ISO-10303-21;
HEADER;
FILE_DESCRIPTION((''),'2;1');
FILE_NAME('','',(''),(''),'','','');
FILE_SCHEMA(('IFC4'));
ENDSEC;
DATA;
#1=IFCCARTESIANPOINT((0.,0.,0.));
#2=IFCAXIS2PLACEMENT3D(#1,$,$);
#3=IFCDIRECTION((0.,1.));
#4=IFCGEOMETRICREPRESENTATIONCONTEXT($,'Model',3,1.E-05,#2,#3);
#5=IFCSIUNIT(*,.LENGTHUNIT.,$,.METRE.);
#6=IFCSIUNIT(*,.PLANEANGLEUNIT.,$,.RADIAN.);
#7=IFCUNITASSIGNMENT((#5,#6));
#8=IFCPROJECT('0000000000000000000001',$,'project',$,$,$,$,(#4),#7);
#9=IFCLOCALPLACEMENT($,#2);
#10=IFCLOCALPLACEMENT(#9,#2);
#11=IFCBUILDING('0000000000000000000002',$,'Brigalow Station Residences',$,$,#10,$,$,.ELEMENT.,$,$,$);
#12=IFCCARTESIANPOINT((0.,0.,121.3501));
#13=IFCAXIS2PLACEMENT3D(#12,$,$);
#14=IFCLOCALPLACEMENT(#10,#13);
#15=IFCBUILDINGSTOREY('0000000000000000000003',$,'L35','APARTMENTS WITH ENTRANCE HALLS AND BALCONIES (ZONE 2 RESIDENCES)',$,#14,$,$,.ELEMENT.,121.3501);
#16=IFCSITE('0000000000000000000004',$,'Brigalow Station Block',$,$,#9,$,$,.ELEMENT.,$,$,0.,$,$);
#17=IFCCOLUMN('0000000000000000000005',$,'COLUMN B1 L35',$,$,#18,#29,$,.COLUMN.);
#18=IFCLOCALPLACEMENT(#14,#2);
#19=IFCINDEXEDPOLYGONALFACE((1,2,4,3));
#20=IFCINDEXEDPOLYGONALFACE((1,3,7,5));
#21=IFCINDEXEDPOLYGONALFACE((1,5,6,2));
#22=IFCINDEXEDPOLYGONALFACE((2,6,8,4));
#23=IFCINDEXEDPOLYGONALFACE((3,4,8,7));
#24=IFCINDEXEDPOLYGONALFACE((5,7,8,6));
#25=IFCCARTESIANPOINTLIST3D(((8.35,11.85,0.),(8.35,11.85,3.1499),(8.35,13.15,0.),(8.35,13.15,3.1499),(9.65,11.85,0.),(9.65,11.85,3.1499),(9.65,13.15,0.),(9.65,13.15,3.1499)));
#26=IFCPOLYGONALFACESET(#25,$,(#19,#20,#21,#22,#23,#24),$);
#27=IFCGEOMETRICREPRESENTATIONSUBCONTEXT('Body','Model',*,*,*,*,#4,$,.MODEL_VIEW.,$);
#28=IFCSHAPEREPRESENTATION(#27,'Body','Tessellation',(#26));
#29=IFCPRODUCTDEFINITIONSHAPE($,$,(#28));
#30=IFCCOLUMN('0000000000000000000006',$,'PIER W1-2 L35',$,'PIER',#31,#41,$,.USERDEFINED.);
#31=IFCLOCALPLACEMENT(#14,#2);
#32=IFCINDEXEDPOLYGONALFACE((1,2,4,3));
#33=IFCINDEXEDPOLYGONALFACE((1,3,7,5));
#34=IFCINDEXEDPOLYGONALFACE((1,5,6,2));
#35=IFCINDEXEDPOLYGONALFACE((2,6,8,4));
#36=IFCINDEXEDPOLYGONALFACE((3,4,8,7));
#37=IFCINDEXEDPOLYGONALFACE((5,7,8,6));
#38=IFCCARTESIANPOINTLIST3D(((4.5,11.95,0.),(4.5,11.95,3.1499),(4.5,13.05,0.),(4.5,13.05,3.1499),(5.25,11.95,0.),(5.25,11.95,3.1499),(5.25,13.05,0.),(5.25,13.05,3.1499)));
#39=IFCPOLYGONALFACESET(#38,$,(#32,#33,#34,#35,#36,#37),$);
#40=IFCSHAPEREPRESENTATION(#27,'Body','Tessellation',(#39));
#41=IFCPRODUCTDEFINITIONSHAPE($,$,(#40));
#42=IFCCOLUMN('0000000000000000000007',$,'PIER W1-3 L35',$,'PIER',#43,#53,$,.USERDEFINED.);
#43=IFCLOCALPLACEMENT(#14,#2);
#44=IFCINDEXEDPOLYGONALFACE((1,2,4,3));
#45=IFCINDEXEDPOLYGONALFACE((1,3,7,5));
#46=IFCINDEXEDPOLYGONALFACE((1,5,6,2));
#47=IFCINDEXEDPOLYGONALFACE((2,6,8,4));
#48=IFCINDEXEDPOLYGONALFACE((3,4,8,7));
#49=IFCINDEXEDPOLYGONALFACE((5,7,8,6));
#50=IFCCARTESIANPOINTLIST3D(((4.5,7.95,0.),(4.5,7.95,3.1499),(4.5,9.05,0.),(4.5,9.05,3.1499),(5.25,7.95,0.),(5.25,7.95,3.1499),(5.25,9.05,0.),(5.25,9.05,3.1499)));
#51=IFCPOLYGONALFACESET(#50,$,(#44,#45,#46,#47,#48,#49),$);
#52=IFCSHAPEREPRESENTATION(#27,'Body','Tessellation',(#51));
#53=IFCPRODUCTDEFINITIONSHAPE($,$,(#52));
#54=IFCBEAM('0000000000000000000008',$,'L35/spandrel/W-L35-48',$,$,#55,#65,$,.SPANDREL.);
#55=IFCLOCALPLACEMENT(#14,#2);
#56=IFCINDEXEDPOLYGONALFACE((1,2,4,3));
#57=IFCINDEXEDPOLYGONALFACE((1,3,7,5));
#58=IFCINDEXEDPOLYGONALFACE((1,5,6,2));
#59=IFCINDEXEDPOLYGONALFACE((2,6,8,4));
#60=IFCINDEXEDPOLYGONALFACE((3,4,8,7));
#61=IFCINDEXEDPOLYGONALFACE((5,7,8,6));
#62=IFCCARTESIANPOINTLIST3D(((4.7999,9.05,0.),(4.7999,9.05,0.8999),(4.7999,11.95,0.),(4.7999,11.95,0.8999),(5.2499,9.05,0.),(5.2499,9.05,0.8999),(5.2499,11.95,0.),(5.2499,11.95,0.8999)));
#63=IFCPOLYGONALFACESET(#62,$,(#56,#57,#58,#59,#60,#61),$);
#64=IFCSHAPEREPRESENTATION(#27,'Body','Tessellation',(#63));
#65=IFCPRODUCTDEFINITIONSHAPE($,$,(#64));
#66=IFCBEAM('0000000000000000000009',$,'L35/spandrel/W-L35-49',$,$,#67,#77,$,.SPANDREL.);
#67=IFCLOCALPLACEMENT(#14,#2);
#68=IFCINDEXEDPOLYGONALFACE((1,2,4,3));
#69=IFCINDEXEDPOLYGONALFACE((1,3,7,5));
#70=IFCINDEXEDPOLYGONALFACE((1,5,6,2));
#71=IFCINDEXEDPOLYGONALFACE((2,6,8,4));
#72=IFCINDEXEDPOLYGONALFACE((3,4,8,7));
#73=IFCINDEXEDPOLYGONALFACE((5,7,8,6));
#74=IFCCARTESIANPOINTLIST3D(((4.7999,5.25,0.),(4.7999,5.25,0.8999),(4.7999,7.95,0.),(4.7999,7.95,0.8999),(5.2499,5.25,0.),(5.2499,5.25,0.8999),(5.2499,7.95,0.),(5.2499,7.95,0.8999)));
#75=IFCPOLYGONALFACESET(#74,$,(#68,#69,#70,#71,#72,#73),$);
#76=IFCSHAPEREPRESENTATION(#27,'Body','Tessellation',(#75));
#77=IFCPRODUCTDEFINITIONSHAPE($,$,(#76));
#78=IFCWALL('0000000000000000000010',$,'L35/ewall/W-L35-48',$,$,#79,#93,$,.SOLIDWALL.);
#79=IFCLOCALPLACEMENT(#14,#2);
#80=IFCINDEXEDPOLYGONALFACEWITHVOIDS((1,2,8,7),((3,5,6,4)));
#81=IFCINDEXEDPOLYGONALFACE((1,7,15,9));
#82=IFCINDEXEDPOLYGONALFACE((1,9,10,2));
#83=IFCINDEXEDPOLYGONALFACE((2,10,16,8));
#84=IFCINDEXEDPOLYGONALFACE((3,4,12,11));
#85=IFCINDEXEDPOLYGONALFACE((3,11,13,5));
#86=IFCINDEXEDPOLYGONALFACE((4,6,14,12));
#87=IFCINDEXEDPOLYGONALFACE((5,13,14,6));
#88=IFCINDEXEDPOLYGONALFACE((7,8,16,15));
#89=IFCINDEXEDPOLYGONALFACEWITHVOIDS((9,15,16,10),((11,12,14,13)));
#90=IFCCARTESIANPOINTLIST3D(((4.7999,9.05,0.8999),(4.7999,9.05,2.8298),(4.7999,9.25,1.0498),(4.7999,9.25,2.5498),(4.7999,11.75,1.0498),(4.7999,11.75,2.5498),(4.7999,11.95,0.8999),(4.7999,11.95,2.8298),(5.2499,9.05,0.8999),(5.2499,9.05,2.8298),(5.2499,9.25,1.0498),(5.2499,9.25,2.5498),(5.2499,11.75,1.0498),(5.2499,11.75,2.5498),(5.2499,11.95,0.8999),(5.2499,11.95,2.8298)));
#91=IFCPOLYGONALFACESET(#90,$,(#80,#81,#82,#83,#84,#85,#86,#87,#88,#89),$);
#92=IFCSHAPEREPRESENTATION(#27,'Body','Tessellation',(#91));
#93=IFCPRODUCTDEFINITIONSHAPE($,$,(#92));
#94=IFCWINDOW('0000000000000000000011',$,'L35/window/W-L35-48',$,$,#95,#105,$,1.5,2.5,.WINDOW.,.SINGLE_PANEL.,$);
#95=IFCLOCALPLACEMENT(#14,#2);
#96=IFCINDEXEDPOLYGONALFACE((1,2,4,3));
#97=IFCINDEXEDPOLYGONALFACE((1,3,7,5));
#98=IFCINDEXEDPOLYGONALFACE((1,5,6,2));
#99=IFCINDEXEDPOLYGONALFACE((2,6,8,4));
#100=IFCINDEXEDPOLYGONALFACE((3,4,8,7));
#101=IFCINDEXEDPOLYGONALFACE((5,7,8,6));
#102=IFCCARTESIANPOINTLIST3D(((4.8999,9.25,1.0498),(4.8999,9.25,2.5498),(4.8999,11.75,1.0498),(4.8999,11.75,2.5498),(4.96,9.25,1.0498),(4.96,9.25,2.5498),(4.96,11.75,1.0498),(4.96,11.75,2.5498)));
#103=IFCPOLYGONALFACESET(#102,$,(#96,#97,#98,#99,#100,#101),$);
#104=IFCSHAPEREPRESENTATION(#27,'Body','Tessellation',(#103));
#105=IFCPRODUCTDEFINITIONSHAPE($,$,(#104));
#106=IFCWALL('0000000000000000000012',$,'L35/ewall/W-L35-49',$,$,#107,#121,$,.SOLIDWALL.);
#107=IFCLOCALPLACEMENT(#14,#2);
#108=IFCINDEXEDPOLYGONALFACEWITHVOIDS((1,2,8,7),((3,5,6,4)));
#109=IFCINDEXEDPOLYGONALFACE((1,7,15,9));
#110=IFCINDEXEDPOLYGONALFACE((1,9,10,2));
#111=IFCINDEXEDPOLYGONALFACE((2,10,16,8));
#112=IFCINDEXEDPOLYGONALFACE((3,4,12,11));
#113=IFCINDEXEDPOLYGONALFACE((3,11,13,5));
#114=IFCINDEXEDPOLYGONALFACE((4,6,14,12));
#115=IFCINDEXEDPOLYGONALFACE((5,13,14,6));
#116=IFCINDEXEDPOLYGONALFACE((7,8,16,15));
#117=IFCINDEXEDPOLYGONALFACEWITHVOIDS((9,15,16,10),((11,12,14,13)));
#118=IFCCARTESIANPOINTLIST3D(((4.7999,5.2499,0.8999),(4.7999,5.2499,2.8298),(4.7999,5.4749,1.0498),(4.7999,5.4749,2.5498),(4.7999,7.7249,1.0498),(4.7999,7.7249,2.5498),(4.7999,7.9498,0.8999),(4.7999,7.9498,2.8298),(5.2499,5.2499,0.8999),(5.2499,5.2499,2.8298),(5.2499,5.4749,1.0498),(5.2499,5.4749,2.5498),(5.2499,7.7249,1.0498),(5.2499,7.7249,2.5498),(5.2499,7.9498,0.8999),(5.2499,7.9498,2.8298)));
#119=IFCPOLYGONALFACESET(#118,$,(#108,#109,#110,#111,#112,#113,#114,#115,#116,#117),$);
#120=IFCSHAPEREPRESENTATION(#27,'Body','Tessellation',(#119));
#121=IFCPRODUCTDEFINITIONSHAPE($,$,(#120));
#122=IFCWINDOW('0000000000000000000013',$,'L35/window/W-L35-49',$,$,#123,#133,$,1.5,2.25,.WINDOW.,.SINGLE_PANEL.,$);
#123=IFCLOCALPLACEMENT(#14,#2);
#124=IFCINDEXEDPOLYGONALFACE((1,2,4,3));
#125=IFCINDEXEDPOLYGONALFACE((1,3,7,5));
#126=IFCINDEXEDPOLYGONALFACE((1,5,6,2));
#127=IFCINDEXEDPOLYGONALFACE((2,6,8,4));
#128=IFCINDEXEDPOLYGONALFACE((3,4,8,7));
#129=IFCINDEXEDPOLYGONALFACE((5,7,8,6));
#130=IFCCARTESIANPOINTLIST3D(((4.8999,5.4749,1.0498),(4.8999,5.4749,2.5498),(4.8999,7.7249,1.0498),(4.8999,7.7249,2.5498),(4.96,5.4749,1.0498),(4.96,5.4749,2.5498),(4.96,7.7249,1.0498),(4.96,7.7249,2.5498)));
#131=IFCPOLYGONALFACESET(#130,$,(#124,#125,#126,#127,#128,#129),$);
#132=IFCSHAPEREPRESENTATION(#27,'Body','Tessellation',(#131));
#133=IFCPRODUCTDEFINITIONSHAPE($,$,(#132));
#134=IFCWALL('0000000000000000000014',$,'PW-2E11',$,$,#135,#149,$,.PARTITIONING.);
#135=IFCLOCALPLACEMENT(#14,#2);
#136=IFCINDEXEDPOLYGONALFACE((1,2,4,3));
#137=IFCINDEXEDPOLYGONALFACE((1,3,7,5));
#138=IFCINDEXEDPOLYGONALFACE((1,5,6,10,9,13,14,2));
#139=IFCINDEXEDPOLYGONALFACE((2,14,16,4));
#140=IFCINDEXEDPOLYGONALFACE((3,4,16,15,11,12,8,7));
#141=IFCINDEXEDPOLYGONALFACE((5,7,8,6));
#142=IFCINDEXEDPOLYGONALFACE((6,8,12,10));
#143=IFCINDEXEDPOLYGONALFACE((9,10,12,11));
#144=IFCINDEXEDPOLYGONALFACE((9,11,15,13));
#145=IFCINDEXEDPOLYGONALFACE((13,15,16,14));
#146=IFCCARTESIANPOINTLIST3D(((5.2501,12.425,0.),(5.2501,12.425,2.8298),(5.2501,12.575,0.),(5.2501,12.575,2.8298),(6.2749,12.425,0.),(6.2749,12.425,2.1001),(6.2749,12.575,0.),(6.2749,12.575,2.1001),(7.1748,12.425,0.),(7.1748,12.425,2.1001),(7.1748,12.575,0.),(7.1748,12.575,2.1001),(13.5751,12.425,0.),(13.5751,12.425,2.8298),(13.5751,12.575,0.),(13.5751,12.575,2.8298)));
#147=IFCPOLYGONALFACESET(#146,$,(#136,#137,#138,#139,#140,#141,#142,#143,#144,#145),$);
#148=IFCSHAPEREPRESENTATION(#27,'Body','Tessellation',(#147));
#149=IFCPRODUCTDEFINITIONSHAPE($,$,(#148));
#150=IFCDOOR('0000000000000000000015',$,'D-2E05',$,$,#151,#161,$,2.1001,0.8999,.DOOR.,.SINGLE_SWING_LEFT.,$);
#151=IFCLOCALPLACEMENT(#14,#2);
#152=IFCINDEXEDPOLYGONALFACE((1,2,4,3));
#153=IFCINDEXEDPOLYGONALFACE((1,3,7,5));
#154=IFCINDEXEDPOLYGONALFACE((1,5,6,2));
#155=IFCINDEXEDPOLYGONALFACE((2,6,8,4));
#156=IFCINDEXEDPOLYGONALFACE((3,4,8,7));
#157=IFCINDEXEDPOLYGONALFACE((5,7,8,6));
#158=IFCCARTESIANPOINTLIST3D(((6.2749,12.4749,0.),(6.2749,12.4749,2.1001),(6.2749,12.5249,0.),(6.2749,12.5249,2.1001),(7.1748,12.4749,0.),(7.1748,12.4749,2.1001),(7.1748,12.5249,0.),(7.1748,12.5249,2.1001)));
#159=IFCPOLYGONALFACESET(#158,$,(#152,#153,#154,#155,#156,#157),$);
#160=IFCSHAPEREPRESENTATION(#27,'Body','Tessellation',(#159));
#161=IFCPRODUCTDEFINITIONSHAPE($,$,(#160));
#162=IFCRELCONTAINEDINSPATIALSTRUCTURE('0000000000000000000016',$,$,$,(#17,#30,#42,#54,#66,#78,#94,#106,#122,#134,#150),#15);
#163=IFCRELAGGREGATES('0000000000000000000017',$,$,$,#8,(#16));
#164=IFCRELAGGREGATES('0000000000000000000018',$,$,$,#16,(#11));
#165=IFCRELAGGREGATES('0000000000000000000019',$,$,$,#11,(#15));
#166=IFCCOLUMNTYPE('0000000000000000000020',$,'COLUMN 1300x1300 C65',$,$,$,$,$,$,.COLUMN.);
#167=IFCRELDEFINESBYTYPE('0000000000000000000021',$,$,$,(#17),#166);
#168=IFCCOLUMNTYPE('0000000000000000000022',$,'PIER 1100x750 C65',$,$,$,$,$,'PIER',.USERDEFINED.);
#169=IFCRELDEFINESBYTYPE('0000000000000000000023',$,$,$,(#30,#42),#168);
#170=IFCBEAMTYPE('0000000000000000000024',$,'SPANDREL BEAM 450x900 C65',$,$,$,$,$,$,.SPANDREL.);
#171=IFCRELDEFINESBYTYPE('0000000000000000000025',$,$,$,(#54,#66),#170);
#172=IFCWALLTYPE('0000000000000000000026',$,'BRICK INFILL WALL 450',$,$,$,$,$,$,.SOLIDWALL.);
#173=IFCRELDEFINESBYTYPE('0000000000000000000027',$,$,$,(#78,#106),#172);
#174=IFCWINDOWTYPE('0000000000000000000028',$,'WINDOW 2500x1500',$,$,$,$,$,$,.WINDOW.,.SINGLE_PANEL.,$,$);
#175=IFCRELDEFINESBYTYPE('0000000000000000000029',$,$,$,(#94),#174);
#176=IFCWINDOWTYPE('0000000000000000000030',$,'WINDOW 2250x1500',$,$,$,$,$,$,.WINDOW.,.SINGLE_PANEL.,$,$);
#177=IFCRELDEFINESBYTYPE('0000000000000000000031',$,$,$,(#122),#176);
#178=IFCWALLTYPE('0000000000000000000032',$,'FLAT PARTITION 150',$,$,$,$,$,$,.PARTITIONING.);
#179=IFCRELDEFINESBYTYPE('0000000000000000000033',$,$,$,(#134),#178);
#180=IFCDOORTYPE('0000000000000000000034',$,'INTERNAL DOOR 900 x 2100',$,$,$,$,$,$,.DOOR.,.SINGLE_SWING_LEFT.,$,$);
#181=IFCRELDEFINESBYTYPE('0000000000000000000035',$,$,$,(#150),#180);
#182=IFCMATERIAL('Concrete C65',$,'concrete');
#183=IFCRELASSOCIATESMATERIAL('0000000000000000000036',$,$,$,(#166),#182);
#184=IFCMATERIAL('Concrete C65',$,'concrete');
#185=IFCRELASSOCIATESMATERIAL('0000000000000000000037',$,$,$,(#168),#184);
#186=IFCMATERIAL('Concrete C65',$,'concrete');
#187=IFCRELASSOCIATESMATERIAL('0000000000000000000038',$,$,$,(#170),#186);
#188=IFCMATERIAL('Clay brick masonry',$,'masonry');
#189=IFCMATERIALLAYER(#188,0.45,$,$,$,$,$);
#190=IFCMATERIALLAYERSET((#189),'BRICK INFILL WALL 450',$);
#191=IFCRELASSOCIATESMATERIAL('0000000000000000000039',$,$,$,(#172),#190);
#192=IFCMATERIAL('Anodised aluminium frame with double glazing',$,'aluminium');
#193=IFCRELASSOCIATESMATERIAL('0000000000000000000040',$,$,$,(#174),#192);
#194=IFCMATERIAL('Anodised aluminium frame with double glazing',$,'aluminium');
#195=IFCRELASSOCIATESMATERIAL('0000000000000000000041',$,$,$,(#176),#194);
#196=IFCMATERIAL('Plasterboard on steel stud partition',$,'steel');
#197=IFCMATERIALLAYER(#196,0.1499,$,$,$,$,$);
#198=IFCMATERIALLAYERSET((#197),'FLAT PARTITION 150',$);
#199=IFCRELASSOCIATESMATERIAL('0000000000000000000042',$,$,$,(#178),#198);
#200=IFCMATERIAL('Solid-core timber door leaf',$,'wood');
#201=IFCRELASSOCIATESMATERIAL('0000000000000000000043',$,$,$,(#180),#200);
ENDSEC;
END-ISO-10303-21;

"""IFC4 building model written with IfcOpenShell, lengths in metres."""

from ifc_helpers import new_model, si_unit, direction, frame, frame_2d, origin, origin_2d, place, context, subcontext, project, spatial, rectangle, extrude, material, layer, layer_set, material_profile, profile_set, type_object, element, fill, save


model = new_model("IFC4")

# Units and contexts
model_context = context("Model", 3, precision=1e-05, world=origin(), true_north=direction((0.0, 1.0)))
body_context = subcontext(model_context, "Body", "Model", "MODEL_VIEW")
ifc_project = project(units=[si_unit("LENGTHUNIT", "METRE"), si_unit("PLANEANGLEUNIT", "RADIAN")], contexts=[model_context])

# Site, building, storey
site_placement = place(None, origin())
site = spatial("IfcSite", under=ifc_project, at=site_placement, Name="Brigalow Station Block", CompositionType="ELEMENT", RefElevation=0.0)
building_placement = place(site_placement, origin())
building = spatial("IfcBuilding", under=site, at=building_placement, Name="Brigalow Station Residences", CompositionType="ELEMENT")
storey_placement = place(building_placement, frame((0.0, 0.0, 121.3501)))
storey = spatial("IfcBuildingStorey", under=building, at=storey_placement, Name="L35", Description="APARTMENTS WITH ENTRANCE HALLS AND BALCONIES (ZONE 2 RESIDENCES)", CompositionType="ELEMENT", Elevation=121.3501)

# Columns
ifc_material_1 = material(Name="Concrete C65", Category="concrete")
ifc_material_profile_1 = material_profile(ifc_material_1, rectangle(XDim=1.3, YDim=1.3, at=origin_2d()), Name="RC1300x1300")
ifc_profile_set_1 = profile_set([ifc_material_profile_1], Name="Concrete C65")
column_type_1 = type_object("IfcColumnType", Name="COLUMN 1300x1300 C65", PredefinedType="COLUMN", material=ifc_profile_set_1)
column_placement = place(storey_placement, frame((9.0, 12.5, 0.0), z_axis=(0.0, 0.0, 1.0), x_axis=(1.0, 0.0, 0.0)))
element("IfcColumn", 1, at=column_placement, inside=storey, type_object=column_type_1, Name="COLUMN B1 L35", PredefinedType="COLUMN", context=body_context, shape_type="SweptSolid", body=[
    extrude(rectangle(XDim=1.3, YDim=1.3, at=origin_2d()), origin(), (0.0, 0.0, 1.0), 3.1499),
])
ifc_material_2 = material(Name="Concrete C65", Category="concrete")
ifc_material_profile_2 = material_profile(ifc_material_2, rectangle(XDim=1.1001, YDim=0.75, at=origin_2d()), Name="RC1100x750")
ifc_profile_set_2 = profile_set([ifc_material_profile_2], Name="Concrete C65")
column_type_2 = type_object("IfcColumnType", Name="PIER 1100x750 C65", ElementType="PIER", PredefinedType="USERDEFINED", material=ifc_profile_set_2)
for number, where, z_axis, x_axis, name in (
    (2, (4.875, 12.5, 0.0), (0.0, 0.0, 1.0), (0.0, -1.0, 0.0), "PIER W1-2 L35"),
    (3, (4.875, 8.5, 0.0), (0.0, 0.0, 1.0), (0.0, -1.0, 0.0), "PIER W1-3 L35"),
):
    element("IfcColumn", number, at=place(storey_placement, frame(where, z_axis=z_axis, x_axis=x_axis)), inside=storey, type_object=column_type_2, Name=name, ObjectType="PIER", PredefinedType="USERDEFINED", context=body_context, shape_type="SweptSolid", body=[
        extrude(rectangle(XDim=1.1001, YDim=0.75, at=origin_2d()), origin(), (0.0, 0.0, 1.0), 3.1499),
    ])

# Beams
ifc_material_3 = material(Name="Concrete C65", Category="concrete")
ifc_material_profile_3 = material_profile(ifc_material_3, rectangle(XDim=0.45, YDim=0.8999, at=origin_2d()), Name="RC450x900")
ifc_profile_set_3 = profile_set([ifc_material_profile_3], Name="Concrete C65")
beam_type = type_object("IfcBeamType", Name="SPANDREL BEAM 450x900 C65", PredefinedType="SPANDREL", material=ifc_profile_set_3)
beam_1_placement = place(storey_placement, frame((5.0249, 11.95, 0.45), z_axis=(0.0, -1.0, 0.0), x_axis=(1.0, 0.0, 0.0)))
element("IfcBeam", 4, at=beam_1_placement, inside=storey, type_object=beam_type, Name="L35/spandrel/W-L35-48", PredefinedType="SPANDREL", context=body_context, shape_type="SweptSolid", body=[
    extrude(rectangle(XDim=0.45, YDim=0.8999, at=origin_2d()), origin(), (0.0, 0.0, 1.0), 2.8999),
])
beam_2_placement = place(storey_placement, frame((5.0249, 7.95, 0.45), z_axis=(0.0, -1.0, 0.0), x_axis=(1.0, 0.0, 0.0)))
element("IfcBeam", 5, at=beam_2_placement, inside=storey, type_object=beam_type, Name="L35/spandrel/W-L35-49", PredefinedType="SPANDREL", context=body_context, shape_type="SweptSolid", body=[
    extrude(rectangle(XDim=0.45, YDim=0.8999, at=origin_2d()), origin(), (0.0, 0.0, 1.0), 2.7),
])

# Walls, openings, windows
ifc_material_4 = material(Name="Clay brick masonry", Category="masonry")
ifc_layer_1 = layer(ifc_material_4, 0.45)
ifc_layer_set_1 = layer_set([ifc_layer_1], Name="BRICK INFILL WALL 450")
wall_type_1 = type_object("IfcWallType", Name="BRICK INFILL WALL 450", PredefinedType="SOLIDWALL", material=ifc_layer_set_1)
wall_1_placement = place(storey_placement, frame((5.0249, 11.95, 0.8999), z_axis=(0.0, 0.0, 1.0), x_axis=(0.0, -1.0, 0.0)))
wall_1 = element("IfcWall", 6, at=wall_1_placement, inside=storey, type_object=wall_type_1, Name="L35/ewall/W-L35-48", PredefinedType="SOLIDWALL", context=body_context, shape_type="SweptSolid", body=[
    extrude(rectangle(XDim=2.8999, YDim=0.45, at=frame_2d((1.45, 0.0))), origin(), (0.0, 0.0, 1.0), 1.9299),
])
opening_1_placement = place(wall_1_placement, frame((0.2, 0.0, 0.1499)))
opening_1 = element("IfcOpeningElement", 7, at=opening_1_placement, cuts=wall_1, PredefinedType="OPENING", context=body_context, shape_type="SweptSolid", body=[
    extrude(rectangle(XDim=2.5, YDim=1.5, at=frame_2d((1.25, 0.75))), frame((0.0, 0.2349, 0.0), z_axis=(0.0, -1.0, 0.0), x_axis=(1.0, 0.0, 0.0)), (0.0, 0.0, 1.0), 0.47),
])
ifc_material_5 = material(Name="Anodised aluminium frame with double glazing", Category="aluminium")
window_type_1 = type_object("IfcWindowType", Name="WINDOW 2500x1500", PartitioningType="SINGLE_PANEL", PredefinedType="WINDOW", material=ifc_material_5)
window_1_placement = place(opening_1_placement, origin())
window_1 = element("IfcWindow", 8, at=window_1_placement, inside=storey, type_object=window_type_1, Name="L35/window/W-L35-48", OverallHeight=1.5, OverallWidth=2.5, PartitioningType="SINGLE_PANEL", PredefinedType="WINDOW", context=body_context, shape_type="SweptSolid", body=[
    extrude(rectangle(XDim=2.5, YDim=1.5, at=frame_2d((1.25, 0.75))), frame((0.0, -0.0649, 0.0), z_axis=(0.0, -1.0, 0.0), x_axis=(1.0, 0.0, 0.0)), (0.0, 0.0, 1.0), 0.0601),
])
fill(opening_1, window_1)
wall_2_placement = place(storey_placement, frame((5.0249, 7.95, 0.8999), z_axis=(0.0, 0.0, 1.0), x_axis=(0.0, -1.0, 0.0)))
wall_2 = element("IfcWall", 9, at=wall_2_placement, inside=storey, type_object=wall_type_1, Name="L35/ewall/W-L35-49", PredefinedType="SOLIDWALL", context=body_context, shape_type="SweptSolid", body=[
    extrude(rectangle(XDim=2.7, YDim=0.45, at=frame_2d((1.3501, 0.0))), origin(), (0.0, 0.0, 1.0), 1.9299),
])
opening_2_placement = place(wall_2_placement, frame((0.2251, 0.0, 0.1499)))
opening_2 = element("IfcOpeningElement", 10, at=opening_2_placement, cuts=wall_2, PredefinedType="OPENING", context=body_context, shape_type="SweptSolid", body=[
    extrude(rectangle(XDim=2.25, YDim=1.5, at=frame_2d((1.125, 0.75))), frame((0.0, 0.2349, 0.0), z_axis=(0.0, -1.0, 0.0), x_axis=(1.0, 0.0, 0.0)), (0.0, 0.0, 1.0), 0.47),
])
ifc_material_6 = material(Name="Anodised aluminium frame with double glazing", Category="aluminium")
window_type_2 = type_object("IfcWindowType", Name="WINDOW 2250x1500", PartitioningType="SINGLE_PANEL", PredefinedType="WINDOW", material=ifc_material_6)
window_2_placement = place(opening_2_placement, origin())
window_2 = element("IfcWindow", 11, at=window_2_placement, inside=storey, type_object=window_type_2, Name="L35/window/W-L35-49", OverallHeight=1.5, OverallWidth=2.25, PartitioningType="SINGLE_PANEL", PredefinedType="WINDOW", context=body_context, shape_type="SweptSolid", body=[
    extrude(rectangle(XDim=2.25, YDim=1.5, at=frame_2d((1.125, 0.75))), frame((0.0, -0.0649, 0.0), z_axis=(0.0, -1.0, 0.0), x_axis=(1.0, 0.0, 0.0)), (0.0, 0.0, 1.0), 0.0601),
])
fill(opening_2, window_2)

# Wall, opening, door
ifc_material_7 = material(Name="Plasterboard on steel stud partition", Category="steel")
ifc_layer_2 = layer(ifc_material_7, 0.1499)
ifc_layer_set_2 = layer_set([ifc_layer_2], Name="FLAT PARTITION 150")
wall_type_2 = type_object("IfcWallType", Name="FLAT PARTITION 150", PredefinedType="PARTITIONING", material=ifc_layer_set_2)
wall_3_placement = place(storey_placement, frame((5.25, 12.5, 0.0), z_axis=(0.0, 0.0, 1.0), x_axis=(1.0, 0.0, 0.0)))
wall_3 = element("IfcWall", 12, at=wall_3_placement, inside=storey, type_object=wall_type_2, Name="PW-2E11", PredefinedType="PARTITIONING", context=body_context, shape_type="SweptSolid", body=[
    extrude(rectangle(XDim=8.325, YDim=0.1499, at=frame_2d((4.1626, 0.0))), origin(), (0.0, 0.0, 1.0), 2.8298),
])
opening_3_placement = place(wall_3_placement, frame((1.0249, 0.0, 0.0)))
opening_3 = element("IfcOpeningElement", 13, at=opening_3_placement, cuts=wall_3, PredefinedType="OPENING", context=body_context, shape_type="SweptSolid", body=[
    extrude(rectangle(XDim=0.8999, YDim=2.1001, at=frame_2d((0.45, 1.05))), frame((0.0, 0.085, 0.0), z_axis=(0.0, -1.0, 0.0), x_axis=(1.0, 0.0, 0.0)), (0.0, 0.0, 1.0), 0.1699),
])
ifc_material_8 = material(Name="Solid-core timber door leaf", Category="wood")
door_type = type_object("IfcDoorType", Name="INTERNAL DOOR 900 x 2100", OperationType="SINGLE_SWING_LEFT", PredefinedType="DOOR", material=ifc_material_8)
door_1_placement = place(opening_3_placement, origin())
door_1 = element("IfcDoor", 14, at=door_1_placement, inside=storey, type_object=door_type, Name="D-2E05", OperationType="SINGLE_SWING_LEFT", OverallHeight=2.1001, OverallWidth=0.8999, PredefinedType="DOOR", context=body_context, shape_type="SweptSolid", body=[
    extrude(rectangle(XDim=0.8999, YDim=2.1001, at=frame_2d((0.45, 1.05))), frame((0.0, 0.0249, 0.0), z_axis=(0.0, -1.0, 0.0), x_axis=(1.0, 0.0, 0.0)), (0.0, 0.0, 1.0), 0.05),
])
fill(opening_3, door_1)

save(model, "model.ifc")
